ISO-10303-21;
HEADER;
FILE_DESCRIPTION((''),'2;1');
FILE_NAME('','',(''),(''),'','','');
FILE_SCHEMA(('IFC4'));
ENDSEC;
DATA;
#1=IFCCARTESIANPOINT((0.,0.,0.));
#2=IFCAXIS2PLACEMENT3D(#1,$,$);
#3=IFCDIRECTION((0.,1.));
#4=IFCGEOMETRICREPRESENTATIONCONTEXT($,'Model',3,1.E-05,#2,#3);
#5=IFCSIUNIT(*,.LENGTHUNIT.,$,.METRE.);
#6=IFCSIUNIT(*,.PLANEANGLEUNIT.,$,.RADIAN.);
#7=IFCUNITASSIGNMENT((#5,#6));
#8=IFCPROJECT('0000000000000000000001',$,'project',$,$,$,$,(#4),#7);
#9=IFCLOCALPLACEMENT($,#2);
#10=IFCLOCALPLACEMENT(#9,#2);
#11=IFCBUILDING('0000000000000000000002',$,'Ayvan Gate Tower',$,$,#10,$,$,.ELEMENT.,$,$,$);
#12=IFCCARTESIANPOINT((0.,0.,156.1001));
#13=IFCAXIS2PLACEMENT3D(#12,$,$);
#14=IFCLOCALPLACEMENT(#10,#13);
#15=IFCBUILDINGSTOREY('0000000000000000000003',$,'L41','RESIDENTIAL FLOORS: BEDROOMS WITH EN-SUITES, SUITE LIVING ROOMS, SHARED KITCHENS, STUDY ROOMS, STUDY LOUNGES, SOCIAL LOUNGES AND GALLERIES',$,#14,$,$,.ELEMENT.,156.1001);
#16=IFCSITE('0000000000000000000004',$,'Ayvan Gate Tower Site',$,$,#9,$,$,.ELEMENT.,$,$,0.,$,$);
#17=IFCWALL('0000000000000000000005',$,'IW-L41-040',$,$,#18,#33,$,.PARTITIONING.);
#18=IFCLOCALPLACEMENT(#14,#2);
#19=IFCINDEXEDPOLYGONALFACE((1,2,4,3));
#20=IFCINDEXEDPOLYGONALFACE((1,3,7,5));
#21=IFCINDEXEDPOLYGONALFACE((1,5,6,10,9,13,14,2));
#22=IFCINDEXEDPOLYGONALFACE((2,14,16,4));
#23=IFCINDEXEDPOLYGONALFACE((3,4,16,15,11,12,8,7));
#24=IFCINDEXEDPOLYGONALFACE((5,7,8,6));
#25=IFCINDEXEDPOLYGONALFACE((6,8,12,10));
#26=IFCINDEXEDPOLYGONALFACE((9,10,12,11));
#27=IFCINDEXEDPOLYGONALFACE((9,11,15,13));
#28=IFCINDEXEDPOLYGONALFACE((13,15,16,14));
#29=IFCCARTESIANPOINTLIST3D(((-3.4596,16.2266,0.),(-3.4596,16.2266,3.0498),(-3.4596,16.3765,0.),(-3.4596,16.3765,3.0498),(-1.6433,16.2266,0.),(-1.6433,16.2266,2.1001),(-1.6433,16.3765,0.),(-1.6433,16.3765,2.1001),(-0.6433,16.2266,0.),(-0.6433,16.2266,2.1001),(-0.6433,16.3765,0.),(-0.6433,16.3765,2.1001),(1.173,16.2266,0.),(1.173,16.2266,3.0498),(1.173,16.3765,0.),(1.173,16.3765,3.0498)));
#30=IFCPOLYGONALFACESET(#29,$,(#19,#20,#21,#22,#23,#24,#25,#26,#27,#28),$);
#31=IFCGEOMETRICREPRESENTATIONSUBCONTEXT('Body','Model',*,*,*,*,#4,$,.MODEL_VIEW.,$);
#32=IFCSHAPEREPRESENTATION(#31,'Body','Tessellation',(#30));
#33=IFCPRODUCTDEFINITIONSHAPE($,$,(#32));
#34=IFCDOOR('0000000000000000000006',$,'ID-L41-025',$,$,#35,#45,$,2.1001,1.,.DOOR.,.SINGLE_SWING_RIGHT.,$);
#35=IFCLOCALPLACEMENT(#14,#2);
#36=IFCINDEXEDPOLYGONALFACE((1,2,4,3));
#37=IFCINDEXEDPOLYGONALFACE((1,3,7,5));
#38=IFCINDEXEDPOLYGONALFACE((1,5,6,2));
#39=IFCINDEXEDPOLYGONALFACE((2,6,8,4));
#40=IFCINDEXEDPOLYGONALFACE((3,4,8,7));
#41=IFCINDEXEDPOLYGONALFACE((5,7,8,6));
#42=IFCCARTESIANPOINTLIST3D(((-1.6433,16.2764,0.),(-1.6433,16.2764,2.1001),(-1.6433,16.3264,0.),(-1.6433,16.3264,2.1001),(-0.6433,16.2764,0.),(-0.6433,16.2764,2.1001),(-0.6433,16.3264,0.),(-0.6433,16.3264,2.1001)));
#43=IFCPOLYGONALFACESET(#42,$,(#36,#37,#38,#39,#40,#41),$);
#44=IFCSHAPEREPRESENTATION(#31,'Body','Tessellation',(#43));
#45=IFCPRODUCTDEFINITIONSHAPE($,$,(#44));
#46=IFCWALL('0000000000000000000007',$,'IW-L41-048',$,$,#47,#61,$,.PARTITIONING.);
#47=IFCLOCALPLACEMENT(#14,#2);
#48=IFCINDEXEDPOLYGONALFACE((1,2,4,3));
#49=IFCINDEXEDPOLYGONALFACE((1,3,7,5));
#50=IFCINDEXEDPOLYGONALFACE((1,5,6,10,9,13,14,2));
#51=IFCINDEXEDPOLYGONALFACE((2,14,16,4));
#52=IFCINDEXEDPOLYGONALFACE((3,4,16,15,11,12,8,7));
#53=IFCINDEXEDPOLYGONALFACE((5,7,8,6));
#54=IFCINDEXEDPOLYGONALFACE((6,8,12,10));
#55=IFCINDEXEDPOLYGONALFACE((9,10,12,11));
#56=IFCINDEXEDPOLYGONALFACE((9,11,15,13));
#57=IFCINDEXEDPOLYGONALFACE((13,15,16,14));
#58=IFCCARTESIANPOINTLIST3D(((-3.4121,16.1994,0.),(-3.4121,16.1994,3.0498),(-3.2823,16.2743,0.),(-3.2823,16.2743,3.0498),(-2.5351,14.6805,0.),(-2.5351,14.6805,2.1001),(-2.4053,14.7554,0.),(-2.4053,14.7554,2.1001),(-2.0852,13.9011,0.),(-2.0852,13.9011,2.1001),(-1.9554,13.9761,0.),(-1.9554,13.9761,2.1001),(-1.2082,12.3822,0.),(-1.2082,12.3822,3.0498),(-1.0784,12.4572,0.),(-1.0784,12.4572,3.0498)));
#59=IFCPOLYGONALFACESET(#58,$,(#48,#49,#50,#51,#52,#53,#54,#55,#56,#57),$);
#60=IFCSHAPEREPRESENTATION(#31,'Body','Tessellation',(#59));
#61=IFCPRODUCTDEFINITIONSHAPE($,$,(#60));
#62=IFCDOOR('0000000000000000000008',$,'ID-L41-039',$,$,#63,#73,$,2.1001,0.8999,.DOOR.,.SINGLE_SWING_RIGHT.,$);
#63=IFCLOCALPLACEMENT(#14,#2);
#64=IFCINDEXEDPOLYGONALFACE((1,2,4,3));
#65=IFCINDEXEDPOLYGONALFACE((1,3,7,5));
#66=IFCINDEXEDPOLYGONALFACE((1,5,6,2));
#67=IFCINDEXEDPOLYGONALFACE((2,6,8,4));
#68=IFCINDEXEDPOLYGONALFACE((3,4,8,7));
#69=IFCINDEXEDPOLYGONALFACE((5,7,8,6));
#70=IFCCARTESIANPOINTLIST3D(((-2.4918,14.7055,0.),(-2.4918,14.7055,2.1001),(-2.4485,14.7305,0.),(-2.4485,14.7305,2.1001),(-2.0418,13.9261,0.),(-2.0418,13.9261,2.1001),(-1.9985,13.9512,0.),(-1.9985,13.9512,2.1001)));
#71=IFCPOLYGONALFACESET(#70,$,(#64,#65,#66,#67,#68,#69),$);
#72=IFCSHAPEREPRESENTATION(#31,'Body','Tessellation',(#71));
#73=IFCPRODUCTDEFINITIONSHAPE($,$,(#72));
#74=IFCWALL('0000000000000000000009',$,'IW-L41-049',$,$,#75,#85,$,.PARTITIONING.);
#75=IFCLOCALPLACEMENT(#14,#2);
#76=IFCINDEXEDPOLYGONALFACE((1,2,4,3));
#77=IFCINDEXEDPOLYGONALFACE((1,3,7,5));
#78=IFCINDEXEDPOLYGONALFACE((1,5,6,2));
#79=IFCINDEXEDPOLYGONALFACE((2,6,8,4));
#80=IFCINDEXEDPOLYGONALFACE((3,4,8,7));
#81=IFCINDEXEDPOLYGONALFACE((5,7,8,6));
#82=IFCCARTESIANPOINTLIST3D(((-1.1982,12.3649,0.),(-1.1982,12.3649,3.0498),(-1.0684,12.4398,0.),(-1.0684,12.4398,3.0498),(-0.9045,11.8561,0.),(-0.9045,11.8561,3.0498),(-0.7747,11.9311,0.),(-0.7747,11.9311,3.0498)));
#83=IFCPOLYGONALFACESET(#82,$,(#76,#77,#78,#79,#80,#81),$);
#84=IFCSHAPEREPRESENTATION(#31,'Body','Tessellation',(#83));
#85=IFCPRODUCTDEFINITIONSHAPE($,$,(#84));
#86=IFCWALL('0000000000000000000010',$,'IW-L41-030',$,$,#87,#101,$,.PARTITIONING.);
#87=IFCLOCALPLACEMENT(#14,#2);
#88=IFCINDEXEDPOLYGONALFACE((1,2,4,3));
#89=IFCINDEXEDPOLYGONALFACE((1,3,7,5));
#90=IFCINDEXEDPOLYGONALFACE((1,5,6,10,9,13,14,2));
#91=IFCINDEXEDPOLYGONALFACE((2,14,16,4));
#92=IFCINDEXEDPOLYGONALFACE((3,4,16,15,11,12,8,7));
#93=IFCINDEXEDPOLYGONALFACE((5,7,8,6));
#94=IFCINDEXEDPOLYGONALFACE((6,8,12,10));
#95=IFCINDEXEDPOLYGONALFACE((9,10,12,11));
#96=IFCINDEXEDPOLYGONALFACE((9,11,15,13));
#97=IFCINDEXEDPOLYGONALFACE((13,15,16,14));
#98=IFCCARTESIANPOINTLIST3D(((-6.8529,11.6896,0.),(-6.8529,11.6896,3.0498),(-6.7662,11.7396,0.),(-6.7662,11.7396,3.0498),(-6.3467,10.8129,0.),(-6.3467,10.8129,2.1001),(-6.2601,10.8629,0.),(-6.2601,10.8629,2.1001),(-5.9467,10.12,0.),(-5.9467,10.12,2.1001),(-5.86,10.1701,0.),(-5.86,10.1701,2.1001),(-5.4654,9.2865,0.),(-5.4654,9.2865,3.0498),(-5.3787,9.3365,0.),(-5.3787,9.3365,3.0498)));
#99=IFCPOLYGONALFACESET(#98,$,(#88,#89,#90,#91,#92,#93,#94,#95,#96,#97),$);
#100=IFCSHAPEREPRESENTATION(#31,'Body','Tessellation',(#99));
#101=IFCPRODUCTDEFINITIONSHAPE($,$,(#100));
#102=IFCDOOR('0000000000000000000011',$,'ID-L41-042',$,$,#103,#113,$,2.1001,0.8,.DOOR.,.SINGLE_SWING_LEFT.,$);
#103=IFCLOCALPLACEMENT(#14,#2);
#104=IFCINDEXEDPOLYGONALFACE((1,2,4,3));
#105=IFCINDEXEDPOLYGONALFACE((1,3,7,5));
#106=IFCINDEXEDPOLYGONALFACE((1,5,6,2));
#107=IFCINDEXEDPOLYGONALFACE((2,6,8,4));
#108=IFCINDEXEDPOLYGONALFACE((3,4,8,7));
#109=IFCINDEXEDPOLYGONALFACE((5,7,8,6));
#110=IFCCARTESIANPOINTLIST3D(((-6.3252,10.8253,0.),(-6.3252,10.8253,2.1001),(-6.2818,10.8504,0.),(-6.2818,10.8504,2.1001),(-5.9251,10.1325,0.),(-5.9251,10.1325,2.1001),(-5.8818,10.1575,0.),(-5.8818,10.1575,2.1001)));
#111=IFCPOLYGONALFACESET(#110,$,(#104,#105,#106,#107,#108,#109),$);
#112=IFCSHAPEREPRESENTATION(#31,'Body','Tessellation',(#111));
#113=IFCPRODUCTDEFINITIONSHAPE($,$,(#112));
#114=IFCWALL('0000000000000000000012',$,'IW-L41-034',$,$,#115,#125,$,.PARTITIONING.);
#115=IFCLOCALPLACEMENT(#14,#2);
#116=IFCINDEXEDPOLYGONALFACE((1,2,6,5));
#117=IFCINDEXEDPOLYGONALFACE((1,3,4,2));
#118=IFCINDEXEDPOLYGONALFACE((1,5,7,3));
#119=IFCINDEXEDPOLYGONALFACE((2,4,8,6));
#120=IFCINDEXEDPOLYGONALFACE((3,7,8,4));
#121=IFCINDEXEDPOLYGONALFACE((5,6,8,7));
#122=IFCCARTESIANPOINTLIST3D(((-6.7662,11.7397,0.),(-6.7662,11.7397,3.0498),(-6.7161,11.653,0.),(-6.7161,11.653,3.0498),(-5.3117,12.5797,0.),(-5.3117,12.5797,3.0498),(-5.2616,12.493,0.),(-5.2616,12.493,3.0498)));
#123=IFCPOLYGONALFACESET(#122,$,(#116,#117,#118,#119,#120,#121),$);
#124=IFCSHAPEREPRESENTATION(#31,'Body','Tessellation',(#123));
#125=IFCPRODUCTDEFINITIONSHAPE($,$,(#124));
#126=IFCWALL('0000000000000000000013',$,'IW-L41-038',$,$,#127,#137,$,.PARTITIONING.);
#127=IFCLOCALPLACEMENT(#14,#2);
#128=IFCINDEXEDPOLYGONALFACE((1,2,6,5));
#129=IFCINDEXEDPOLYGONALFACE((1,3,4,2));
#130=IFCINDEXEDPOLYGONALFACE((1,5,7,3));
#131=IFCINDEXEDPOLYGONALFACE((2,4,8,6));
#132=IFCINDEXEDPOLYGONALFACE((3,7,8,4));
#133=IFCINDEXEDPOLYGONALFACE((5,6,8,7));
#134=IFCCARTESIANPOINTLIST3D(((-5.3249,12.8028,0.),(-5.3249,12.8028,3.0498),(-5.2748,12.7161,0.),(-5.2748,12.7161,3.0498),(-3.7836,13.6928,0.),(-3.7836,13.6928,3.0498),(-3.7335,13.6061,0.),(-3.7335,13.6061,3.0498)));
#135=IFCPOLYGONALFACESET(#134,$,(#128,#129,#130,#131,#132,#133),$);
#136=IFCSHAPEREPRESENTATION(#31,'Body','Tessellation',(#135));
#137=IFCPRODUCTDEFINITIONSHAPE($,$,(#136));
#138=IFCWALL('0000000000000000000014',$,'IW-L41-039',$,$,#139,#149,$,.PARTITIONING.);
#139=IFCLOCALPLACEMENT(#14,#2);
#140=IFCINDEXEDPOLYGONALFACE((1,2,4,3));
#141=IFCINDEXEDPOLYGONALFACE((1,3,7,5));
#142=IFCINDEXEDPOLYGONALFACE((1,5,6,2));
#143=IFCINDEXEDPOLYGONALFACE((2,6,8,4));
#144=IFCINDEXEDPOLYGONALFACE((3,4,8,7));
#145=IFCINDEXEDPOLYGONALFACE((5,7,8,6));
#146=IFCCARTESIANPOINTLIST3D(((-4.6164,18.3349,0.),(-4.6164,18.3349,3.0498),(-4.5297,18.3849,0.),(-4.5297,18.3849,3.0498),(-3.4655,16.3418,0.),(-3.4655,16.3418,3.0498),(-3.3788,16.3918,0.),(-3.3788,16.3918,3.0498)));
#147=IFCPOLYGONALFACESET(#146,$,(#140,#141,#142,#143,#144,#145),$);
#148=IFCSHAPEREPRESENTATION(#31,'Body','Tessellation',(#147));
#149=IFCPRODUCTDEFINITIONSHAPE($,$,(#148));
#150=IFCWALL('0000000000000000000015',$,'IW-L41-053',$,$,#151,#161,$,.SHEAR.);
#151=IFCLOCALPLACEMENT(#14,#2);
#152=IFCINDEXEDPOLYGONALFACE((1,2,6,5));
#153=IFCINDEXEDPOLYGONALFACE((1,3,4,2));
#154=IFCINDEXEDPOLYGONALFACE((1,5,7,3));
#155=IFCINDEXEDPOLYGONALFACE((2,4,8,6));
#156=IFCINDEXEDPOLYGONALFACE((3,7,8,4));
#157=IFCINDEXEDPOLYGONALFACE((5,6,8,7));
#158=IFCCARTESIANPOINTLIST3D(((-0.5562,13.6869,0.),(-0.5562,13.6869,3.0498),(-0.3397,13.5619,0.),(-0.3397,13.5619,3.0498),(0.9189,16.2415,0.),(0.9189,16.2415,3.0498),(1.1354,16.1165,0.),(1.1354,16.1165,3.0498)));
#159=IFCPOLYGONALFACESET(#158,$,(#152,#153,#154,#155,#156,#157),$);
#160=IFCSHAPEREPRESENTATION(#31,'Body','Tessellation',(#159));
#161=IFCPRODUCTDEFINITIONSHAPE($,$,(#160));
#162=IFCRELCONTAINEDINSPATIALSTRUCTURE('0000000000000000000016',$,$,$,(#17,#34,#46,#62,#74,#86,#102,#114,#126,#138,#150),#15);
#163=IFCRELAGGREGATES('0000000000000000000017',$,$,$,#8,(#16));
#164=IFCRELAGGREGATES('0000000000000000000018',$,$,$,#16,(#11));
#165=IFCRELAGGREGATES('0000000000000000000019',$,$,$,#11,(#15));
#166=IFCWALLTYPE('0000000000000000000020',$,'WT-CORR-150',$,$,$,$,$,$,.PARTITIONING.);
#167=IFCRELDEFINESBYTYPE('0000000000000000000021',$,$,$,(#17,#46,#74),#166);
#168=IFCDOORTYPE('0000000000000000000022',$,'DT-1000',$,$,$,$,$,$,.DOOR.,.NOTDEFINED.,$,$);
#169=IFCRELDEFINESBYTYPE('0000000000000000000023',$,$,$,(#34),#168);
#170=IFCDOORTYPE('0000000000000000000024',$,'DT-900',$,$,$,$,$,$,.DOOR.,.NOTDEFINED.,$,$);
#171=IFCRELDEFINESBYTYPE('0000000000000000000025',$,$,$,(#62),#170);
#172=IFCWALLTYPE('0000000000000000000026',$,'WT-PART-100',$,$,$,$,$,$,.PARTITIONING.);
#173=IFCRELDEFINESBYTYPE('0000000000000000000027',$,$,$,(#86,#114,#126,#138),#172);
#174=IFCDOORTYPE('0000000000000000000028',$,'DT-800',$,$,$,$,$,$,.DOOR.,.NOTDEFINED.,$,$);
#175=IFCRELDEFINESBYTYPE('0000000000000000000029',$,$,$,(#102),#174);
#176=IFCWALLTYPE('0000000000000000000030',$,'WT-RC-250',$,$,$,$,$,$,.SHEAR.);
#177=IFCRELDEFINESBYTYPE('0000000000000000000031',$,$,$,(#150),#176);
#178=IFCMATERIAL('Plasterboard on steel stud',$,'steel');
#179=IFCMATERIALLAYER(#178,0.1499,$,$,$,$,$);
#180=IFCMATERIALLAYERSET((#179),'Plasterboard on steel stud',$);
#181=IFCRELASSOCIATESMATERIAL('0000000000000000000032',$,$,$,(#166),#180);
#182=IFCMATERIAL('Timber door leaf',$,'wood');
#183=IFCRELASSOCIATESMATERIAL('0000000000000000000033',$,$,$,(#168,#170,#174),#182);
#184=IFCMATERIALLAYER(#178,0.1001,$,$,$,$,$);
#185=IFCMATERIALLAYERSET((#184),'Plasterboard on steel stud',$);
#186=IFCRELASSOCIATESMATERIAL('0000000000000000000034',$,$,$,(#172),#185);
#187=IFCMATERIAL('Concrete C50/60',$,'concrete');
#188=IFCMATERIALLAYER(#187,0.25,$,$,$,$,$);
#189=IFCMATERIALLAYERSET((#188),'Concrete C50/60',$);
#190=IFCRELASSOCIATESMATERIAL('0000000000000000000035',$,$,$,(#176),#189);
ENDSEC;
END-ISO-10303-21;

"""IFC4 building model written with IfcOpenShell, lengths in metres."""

from ifc_helpers import new_model, si_unit, direction, frame, frame_2d, origin, place, context, subcontext, project, spatial, rectangle, extrude, material, layer, layer_set, type_object, element, fill, save


model = new_model("IFC4")

# Units and contexts
model_context = context("Model", 3, precision=1e-05, world=origin(), true_north=direction((0.0, 1.0)))
body_context = subcontext(model_context, "Body", "Model", "MODEL_VIEW")
ifc_project = project(units=[si_unit("LENGTHUNIT", "METRE"), si_unit("PLANEANGLEUNIT", "RADIAN")], contexts=[model_context])

# Site, building, storey
site_placement = place(None, origin())
site = spatial("IfcSite", under=ifc_project, at=site_placement, Name="Ayvan Gate Tower Site", CompositionType="ELEMENT", RefElevation=0.0)
building_placement = place(site_placement, origin())
building = spatial("IfcBuilding", under=site, at=building_placement, Name="Ayvan Gate Tower", CompositionType="ELEMENT")
storey_placement = place(building_placement, frame((0.0, 0.0, 156.1001)))
storey = spatial("IfcBuildingStorey", under=building, at=storey_placement, Name="L41", Description="RESIDENTIAL FLOORS: BEDROOMS WITH EN-SUITES, SUITE LIVING ROOMS, SHARED KITCHENS, STUDY ROOMS, STUDY LOUNGES, SOCIAL LOUNGES AND GALLERIES", CompositionType="ELEMENT", Elevation=156.1001)

# Walls, openings, doors
ifc_material_1 = material(Name="Plasterboard on steel stud", Category="steel")
ifc_layer_1 = layer(ifc_material_1, 0.1499)
ifc_layer_set_1 = layer_set([ifc_layer_1], Name="Plasterboard on steel stud")
wall_type_1 = type_object("IfcWallType", Name="WT-CORR-150", PredefinedType="PARTITIONING", material=ifc_layer_set_1)
wall_1_placement = place(storey_placement, frame((-3.4597, 16.3015, 0.0), z_axis=(0.0, 0.0, 1.0), x_axis=(1.0, 0.0, 0.0)))
wall_1 = element("IfcWall", 1, at=wall_1_placement, inside=storey, type_object=wall_type_1, Name="IW-L41-040", PredefinedType="PARTITIONING", context=body_context, shape_type="SweptSolid", body=[
    extrude(rectangle(XDim=4.6326, YDim=0.1499, at=frame_2d((2.3164, 0.0))), origin(), (0.0, 0.0, 1.0), 3.0498),
])
opening_1_placement = place(wall_1_placement, frame((1.8164, 0.0, 0.0)))
opening_1 = element("IfcOpeningElement", 2, at=opening_1_placement, cuts=wall_1, PredefinedType="OPENING", context=body_context, shape_type="SweptSolid", body=[
    extrude(rectangle(XDim=1.0, YDim=2.1001, at=frame_2d((0.5, 1.05))), frame((0.0, 0.085, 0.0), z_axis=(0.0, -1.0, 0.0), x_axis=(1.0, 0.0, 0.0)), (0.0, 0.0, 1.0), 0.1699),
])
ifc_material_2 = material(Name="Timber door leaf", Category="wood")
door_type_1 = type_object("IfcDoorType", Name="DT-1000", OperationType="NOTDEFINED", PredefinedType="DOOR", material=ifc_material_2)
door_1_placement = place(opening_1_placement, origin())
door_1 = element("IfcDoor", 3, at=door_1_placement, inside=storey, type_object=door_type_1, Name="ID-L41-025", OperationType="SINGLE_SWING_RIGHT", OverallHeight=2.1001, OverallWidth=1.0, PredefinedType="DOOR", context=body_context, shape_type="SweptSolid", body=[
    extrude(rectangle(XDim=1.0, YDim=2.1001, at=frame_2d((0.5, 1.05))), frame((0.0, 0.0249, 0.0), z_axis=(0.0, -1.0, 0.0), x_axis=(1.0, 0.0, 0.0)), (0.0, 0.0, 1.0), 0.05),
])
fill(opening_1, door_1)
wall_2_placement = place(storey_placement, frame((-1.1433, 12.4197, 0.0), z_axis=(0.0, 0.0, 1.0), x_axis=(-0.500005, 0.866022, 0.0)))
wall_2 = element("IfcWall", 4, at=wall_2_placement, inside=storey, type_object=wall_type_1, Name="IW-L41-048", PredefinedType="PARTITIONING", context=body_context, shape_type="SweptSolid", body=[
    extrude(rectangle(XDim=4.4077, YDim=0.1499, at=frame_2d((2.2039, 0.0))), origin(), (0.0, 0.0, 1.0), 3.0498),
])
opening_2_placement = place(wall_2_placement, frame((1.7539, 0.0, 0.0)))
opening_2 = element("IfcOpeningElement", 5, at=opening_2_placement, cuts=wall_2, PredefinedType="OPENING", context=body_context, shape_type="SweptSolid", body=[
    extrude(rectangle(XDim=0.8999, YDim=2.1001, at=frame_2d((0.45, 1.05))), frame((0.0, 0.085, 0.0), z_axis=(0.0, -1.0, 0.0), x_axis=(1.0, 0.0, 0.0)), (0.0, 0.0, 1.0), 0.1699),
])
door_type_2 = type_object("IfcDoorType", Name="DT-900", OperationType="NOTDEFINED", PredefinedType="DOOR", material=ifc_material_2)
door_2_placement = place(opening_2_placement, origin())
door_2 = element("IfcDoor", 6, at=door_2_placement, inside=storey, type_object=door_type_2, Name="ID-L41-039", OperationType="SINGLE_SWING_RIGHT", OverallHeight=2.1001, OverallWidth=0.8999, PredefinedType="DOOR", context=body_context, shape_type="SweptSolid", body=[
    extrude(rectangle(XDim=0.8999, YDim=2.1001, at=frame_2d((0.45, 1.05))), frame((0.0, 0.0249, 0.0), z_axis=(0.0, -1.0, 0.0), x_axis=(1.0, 0.0, 0.0)), (0.0, 0.0, 1.0), 0.05),
])
fill(opening_2, door_2)

# Wall
wall_3_placement = place(storey_placement, frame((-1.1333, 12.4023, 0.0), z_axis=(0.0, 0.0, 1.0), x_axis=(0.499938, -0.866061, 0.0)))
element("IfcWall", 7, at=wall_3_placement, inside=storey, type_object=wall_type_1, Name="IW-L41-049", PredefinedType="PARTITIONING", context=body_context, shape_type="SweptSolid", body=[
    extrude(rectangle(XDim=0.5874, YDim=0.1499, at=frame_2d((0.2937, 0.0))), origin(), (0.0, 0.0, 1.0), 3.0498),
])

# Wall, opening, door
ifc_layer_2 = layer(ifc_material_1, 0.1001)
ifc_layer_set_2 = layer_set([ifc_layer_2], Name="Plasterboard on steel stud")
wall_type_2 = type_object("IfcWallType", Name="WT-PART-100", PredefinedType="PARTITIONING", material=ifc_layer_set_2)
wall_4_placement = place(storey_placement, frame((-6.8096, 11.7146, 0.0), z_axis=(0.0, 0.0, 1.0), x_axis=(0.500009, -0.86602, 0.0)))
wall_4 = element("IfcWall", 8, at=wall_4_placement, inside=storey, type_object=wall_type_2, Name="IW-L41-030", PredefinedType="PARTITIONING", context=body_context, shape_type="SweptSolid", body=[
    extrude(rectangle(XDim=2.7749, YDim=0.1001, at=frame_2d((1.3875, 0.0))), origin(), (0.0, 0.0, 1.0), 3.0498),
])
opening_3_placement = place(wall_4_placement, frame((1.0125, 0.0, 0.0)))
opening_3 = element("IfcOpeningElement", 9, at=opening_3_placement, cuts=wall_4, PredefinedType="OPENING", context=body_context, shape_type="SweptSolid", body=[
    extrude(rectangle(XDim=0.8, YDim=2.1001, at=frame_2d((0.3999, 1.05))), frame((0.0, 0.0601, 0.0), z_axis=(0.0, -1.0, 0.0), x_axis=(1.0, 0.0, 0.0)), (0.0, 0.0, 1.0), 0.1201),
])
door_type_3 = type_object("IfcDoorType", Name="DT-800", OperationType="NOTDEFINED", PredefinedType="DOOR", material=ifc_material_2)
door_3_placement = place(opening_3_placement, origin())
door_3 = element("IfcDoor", 10, at=door_3_placement, inside=storey, type_object=door_type_3, Name="ID-L41-042", OperationType="SINGLE_SWING_LEFT", OverallHeight=2.1001, OverallWidth=0.8, PredefinedType="DOOR", context=body_context, shape_type="SweptSolid", body=[
    extrude(rectangle(XDim=0.8, YDim=2.1001, at=frame_2d((0.3999, 1.05))), frame((0.0, 0.0249, 0.0), z_axis=(0.0, -1.0, 0.0), x_axis=(1.0, 0.0, 0.0)), (0.0, 0.0, 1.0), 0.05),
])
fill(opening_3, door_3)

# Walls
wall_5_placement = place(storey_placement, frame((-5.2866, 12.5364, 0.0), z_axis=(0.0, 0.0, 1.0), x_axis=(-0.865953, -0.500125, 0.0)))
element("IfcWall", 11, at=wall_5_placement, inside=storey, type_object=wall_type_2, Name="IW-L41-034", PredefinedType="PARTITIONING", context=body_context, shape_type="SweptSolid", body=[
    extrude(rectangle(XDim=1.6797, YDim=0.1001, at=frame_2d((0.8398, 0.0))), origin(), (0.0, 0.0, 1.0), 3.0498),
])
wall_6_placement = place(storey_placement, frame((-3.7585, 13.6494, 0.0), z_axis=(0.0, 0.0, 1.0), x_axis=(-0.866014, -0.500019, 0.0)))
element("IfcWall", 12, at=wall_6_placement, inside=storey, type_object=wall_type_2, Name="IW-L41-038", PredefinedType="PARTITIONING", context=body_context, shape_type="SweptSolid", body=[
    extrude(rectangle(XDim=1.7798, YDim=0.1001, at=frame_2d((0.8899, 0.0))), origin(), (0.0, 0.0, 1.0), 3.0498),
])
wall_7_placement = place(storey_placement, frame((-3.4221, 16.3667, 0.0), z_axis=(0.0, 0.0, 1.0), x_axis=(-0.500041, 0.866002, 0.0)))
element("IfcWall", 13, at=wall_7_placement, inside=storey, type_object=wall_type_2, Name="IW-L41-039", PredefinedType="PARTITIONING", context=body_context, shape_type="SweptSolid", body=[
    extrude(rectangle(XDim=2.3015, YDim=0.1001, at=frame_2d((1.1509, 0.0))), origin(), (0.0, 0.0, 1.0), 3.0498),
])
ifc_material_3 = material(Name="Concrete C50/60", Category="concrete")
ifc_layer_3 = layer(ifc_material_3, 0.25)
ifc_layer_set_3 = layer_set([ifc_layer_3], Name="Concrete C50/60")
wall_type_3 = type_object("IfcWallType", Name="WT-RC-250", PredefinedType="SHEAR", material=ifc_layer_set_3)
wall_8_placement = place(storey_placement, frame((-0.448, 13.6243, 0.0), z_axis=(0.0, 0.0, 1.0), x_axis=(0.500038, 0.866004, 0.0)))
element("IfcWall", 14, at=wall_8_placement, inside=storey, type_object=wall_type_3, Name="IW-L41-053", PredefinedType="SHEAR", context=body_context, shape_type="SweptSolid", body=[
    extrude(rectangle(XDim=2.95, YDim=0.25, at=frame_2d((1.4751, 0.0))), origin(), (0.0, 0.0, 1.0), 3.0498),
])

save(model, "model.ifc")
